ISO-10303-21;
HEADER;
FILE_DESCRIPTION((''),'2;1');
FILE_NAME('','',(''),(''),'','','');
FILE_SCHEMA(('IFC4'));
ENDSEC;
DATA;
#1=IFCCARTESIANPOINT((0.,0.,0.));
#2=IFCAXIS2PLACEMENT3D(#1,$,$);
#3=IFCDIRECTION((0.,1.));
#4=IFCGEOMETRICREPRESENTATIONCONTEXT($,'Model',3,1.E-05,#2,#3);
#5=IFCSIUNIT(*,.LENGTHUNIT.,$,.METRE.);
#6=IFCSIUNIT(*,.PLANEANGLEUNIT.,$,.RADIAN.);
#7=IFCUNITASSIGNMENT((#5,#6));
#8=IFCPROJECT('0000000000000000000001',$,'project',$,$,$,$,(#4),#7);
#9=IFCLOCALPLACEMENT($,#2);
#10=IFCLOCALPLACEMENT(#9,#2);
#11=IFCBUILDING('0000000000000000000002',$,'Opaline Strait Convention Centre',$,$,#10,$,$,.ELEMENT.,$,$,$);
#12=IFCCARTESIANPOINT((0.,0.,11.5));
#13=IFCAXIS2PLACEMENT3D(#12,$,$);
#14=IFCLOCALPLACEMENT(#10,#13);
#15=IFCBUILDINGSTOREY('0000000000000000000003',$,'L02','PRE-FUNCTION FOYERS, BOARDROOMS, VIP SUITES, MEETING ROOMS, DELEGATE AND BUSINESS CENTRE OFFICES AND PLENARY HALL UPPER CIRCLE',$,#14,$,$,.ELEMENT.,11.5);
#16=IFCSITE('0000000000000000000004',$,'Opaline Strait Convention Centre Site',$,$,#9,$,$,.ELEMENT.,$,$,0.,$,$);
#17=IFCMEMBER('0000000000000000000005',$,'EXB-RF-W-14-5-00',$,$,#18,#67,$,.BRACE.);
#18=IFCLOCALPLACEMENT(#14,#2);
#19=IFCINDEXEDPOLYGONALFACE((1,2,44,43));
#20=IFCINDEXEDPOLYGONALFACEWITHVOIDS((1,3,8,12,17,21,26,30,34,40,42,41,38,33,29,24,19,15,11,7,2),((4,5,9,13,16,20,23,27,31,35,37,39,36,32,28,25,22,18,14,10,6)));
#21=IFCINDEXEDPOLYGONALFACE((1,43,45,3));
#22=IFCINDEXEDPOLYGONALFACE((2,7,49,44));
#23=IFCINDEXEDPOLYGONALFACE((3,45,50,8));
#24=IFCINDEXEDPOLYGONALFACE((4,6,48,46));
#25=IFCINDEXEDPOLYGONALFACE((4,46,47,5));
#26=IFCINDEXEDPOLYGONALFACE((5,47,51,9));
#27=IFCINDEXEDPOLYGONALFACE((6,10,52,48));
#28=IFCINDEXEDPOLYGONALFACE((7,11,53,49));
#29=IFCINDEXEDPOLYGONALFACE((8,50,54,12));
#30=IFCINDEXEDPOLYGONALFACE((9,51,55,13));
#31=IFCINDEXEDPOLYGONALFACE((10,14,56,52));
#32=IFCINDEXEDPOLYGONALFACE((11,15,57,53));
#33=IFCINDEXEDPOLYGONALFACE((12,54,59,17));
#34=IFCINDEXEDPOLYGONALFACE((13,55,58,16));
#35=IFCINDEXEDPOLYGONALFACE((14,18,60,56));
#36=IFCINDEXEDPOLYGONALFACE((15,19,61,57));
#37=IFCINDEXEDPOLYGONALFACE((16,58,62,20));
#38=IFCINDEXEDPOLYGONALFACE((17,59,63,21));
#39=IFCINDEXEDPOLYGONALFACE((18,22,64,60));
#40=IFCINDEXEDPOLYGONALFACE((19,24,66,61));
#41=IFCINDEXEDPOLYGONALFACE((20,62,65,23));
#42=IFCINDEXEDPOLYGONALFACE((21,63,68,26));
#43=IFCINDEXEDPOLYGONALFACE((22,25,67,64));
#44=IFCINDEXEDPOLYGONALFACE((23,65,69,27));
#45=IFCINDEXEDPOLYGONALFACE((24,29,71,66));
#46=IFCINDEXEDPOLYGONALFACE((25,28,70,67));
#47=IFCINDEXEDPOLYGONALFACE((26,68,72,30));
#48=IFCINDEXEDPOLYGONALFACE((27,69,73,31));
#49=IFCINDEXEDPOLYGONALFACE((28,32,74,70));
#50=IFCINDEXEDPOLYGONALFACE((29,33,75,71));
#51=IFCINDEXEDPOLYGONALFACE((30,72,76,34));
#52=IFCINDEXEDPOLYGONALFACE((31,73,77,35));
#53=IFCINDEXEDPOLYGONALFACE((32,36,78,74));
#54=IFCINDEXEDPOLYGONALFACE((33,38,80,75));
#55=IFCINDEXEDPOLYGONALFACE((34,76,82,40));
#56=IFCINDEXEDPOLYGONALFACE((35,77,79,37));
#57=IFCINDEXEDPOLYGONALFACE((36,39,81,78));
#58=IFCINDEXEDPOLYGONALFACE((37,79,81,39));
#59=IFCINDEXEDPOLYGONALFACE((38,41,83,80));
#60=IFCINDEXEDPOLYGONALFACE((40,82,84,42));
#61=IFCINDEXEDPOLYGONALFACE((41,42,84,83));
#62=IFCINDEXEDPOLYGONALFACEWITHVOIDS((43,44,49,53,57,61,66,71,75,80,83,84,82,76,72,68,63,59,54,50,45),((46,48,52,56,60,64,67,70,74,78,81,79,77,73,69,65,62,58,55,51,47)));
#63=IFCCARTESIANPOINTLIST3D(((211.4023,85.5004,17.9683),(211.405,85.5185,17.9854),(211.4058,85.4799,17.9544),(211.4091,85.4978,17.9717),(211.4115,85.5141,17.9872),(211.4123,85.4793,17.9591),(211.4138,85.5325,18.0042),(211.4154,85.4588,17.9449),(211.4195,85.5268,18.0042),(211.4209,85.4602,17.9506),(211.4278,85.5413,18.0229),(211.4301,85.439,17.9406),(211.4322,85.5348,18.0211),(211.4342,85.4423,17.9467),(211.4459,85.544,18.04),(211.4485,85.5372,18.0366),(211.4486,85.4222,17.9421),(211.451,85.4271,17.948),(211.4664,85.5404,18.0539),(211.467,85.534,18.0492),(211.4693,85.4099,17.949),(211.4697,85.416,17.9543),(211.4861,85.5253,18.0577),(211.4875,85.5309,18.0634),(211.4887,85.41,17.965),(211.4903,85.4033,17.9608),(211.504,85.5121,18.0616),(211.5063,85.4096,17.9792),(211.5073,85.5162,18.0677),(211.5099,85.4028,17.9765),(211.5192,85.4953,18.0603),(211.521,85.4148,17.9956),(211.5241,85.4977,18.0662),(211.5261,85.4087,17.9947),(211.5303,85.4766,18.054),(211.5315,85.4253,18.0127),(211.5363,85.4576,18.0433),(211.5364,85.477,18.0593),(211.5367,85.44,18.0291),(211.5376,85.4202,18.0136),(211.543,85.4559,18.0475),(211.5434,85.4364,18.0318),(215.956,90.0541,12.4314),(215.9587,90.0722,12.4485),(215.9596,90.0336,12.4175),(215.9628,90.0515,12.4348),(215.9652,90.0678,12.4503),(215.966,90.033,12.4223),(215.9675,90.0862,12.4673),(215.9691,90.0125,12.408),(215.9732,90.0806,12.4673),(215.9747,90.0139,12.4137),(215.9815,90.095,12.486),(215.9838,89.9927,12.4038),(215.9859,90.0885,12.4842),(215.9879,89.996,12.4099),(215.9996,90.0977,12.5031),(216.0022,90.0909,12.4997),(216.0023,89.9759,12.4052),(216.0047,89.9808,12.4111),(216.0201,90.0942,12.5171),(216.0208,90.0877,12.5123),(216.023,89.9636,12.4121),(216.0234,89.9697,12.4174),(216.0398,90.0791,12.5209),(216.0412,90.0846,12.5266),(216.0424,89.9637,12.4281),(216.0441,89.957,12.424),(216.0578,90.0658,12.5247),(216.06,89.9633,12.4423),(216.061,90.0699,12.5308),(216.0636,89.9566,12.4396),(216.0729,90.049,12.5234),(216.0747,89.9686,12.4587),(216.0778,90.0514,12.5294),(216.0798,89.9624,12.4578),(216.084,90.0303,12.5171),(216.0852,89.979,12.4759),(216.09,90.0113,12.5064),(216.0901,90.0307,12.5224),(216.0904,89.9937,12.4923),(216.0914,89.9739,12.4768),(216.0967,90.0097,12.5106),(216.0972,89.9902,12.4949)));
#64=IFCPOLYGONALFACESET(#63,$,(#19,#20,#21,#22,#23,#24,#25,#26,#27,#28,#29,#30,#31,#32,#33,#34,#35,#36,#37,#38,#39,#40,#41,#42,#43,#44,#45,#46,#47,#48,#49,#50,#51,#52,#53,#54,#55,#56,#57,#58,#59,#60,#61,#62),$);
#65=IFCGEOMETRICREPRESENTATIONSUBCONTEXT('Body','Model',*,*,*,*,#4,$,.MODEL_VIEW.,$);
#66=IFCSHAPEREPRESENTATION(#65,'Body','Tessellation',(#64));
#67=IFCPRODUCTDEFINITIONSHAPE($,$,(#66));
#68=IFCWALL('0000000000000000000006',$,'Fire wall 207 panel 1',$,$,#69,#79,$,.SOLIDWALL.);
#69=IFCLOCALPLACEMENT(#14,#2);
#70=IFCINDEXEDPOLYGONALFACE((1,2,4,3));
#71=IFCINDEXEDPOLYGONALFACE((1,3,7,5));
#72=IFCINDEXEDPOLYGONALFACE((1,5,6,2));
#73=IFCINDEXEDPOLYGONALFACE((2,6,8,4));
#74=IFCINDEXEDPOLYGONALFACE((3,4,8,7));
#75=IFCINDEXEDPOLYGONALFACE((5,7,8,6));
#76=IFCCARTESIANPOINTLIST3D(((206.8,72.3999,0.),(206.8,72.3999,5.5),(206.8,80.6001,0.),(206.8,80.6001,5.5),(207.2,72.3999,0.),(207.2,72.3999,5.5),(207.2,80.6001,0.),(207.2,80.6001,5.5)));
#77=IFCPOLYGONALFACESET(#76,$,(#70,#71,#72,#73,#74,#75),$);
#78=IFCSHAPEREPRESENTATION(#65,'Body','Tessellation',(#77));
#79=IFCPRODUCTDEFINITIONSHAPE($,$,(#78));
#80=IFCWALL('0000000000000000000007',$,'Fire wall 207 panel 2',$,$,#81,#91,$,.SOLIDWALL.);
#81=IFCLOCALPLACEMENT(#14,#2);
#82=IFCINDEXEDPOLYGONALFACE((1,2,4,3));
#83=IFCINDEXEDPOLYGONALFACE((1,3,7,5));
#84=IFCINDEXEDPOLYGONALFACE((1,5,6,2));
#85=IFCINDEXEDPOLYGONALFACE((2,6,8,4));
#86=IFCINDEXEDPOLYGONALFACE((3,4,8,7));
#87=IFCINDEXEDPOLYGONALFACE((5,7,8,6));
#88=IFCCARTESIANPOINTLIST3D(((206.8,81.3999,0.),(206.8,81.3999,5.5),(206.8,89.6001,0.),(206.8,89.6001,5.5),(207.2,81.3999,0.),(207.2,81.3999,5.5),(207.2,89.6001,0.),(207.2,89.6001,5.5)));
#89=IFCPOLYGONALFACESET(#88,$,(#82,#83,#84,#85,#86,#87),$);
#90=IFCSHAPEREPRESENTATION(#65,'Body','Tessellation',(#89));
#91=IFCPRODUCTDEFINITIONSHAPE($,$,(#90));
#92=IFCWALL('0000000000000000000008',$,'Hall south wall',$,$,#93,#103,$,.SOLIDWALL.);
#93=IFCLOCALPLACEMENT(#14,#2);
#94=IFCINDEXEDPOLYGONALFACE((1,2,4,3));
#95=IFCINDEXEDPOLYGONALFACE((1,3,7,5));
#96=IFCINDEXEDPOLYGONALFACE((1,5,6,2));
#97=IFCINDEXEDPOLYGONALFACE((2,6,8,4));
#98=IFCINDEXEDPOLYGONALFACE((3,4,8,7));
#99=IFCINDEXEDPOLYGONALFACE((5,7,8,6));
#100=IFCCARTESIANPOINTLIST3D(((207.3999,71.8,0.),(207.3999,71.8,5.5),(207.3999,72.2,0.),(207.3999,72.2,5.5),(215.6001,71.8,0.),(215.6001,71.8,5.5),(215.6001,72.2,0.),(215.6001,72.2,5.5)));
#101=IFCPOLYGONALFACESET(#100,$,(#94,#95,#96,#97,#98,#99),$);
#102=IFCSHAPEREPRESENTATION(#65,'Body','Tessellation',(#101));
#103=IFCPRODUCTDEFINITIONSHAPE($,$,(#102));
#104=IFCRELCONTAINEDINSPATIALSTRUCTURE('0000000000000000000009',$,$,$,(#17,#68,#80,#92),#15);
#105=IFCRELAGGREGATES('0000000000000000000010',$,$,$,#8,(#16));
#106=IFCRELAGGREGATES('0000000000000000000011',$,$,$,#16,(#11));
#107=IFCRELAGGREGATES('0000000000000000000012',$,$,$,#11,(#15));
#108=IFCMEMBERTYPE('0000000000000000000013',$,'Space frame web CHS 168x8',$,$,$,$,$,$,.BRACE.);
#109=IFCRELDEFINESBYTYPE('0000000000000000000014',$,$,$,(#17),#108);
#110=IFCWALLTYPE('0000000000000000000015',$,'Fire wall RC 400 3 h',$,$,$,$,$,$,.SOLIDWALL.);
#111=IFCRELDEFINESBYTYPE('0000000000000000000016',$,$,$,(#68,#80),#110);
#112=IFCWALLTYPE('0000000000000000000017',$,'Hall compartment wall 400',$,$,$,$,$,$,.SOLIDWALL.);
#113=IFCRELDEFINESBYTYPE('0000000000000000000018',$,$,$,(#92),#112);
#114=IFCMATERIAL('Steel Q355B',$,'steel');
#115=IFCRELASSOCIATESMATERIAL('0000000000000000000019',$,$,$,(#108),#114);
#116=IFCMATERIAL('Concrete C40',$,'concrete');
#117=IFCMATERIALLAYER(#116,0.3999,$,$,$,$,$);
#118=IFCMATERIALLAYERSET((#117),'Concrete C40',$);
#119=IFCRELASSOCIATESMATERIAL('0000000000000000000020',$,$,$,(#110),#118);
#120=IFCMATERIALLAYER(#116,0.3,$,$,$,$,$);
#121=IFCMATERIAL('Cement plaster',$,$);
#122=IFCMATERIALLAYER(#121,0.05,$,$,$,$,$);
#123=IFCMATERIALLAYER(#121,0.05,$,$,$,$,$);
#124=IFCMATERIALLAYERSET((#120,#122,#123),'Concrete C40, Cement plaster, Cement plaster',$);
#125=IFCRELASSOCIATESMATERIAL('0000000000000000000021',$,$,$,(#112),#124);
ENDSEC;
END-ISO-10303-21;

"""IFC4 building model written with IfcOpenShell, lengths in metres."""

from ifc_helpers import new_model, si_unit, direction, frame, frame_2d, origin, origin_2d, place, context, subcontext, project, spatial, rectangle, hollow_circle, extrude, material, layer, layer_set, material_profile, profile_set, type_object, element, save


model = new_model("IFC4")

# Units and contexts
model_context = context("Model", 3, precision=1e-05, world=origin(), true_north=direction((0.0, 1.0)))
body_context = subcontext(model_context, "Body", "Model", "MODEL_VIEW")
ifc_project = project(units=[si_unit("LENGTHUNIT", "METRE"), si_unit("PLANEANGLEUNIT", "RADIAN")], contexts=[model_context])

# Site, building, storey
site_placement = place(None, origin())
site = spatial("IfcSite", under=ifc_project, at=site_placement, Name="Opaline Strait Convention Centre Site", CompositionType="ELEMENT", RefElevation=0.0)
building_placement = place(site_placement, origin())
building = spatial("IfcBuilding", under=site, at=building_placement, Name="Opaline Strait Convention Centre", CompositionType="ELEMENT")
storey_placement = place(building_placement, frame((0.0, 0.0, 11.5)))
storey = spatial("IfcBuildingStorey", under=building, at=storey_placement, Name="L02", Description="PRE-FUNCTION FOYERS, BOARDROOMS, VIP SUITES, MEETING ROOMS, DELEGATE AND BUSINESS CENTRE OFFICES AND PLENARY HALL UPPER CIRCLE", CompositionType="ELEMENT", Elevation=11.5)

# Shared definitions
ifc_material_1 = material(Name="Concrete C40", Category="concrete")

# Member
ifc_material_2 = material(Name="Steel Q355B", Category="steel")
ifc_material_profile_1 = material_profile(ifc_material_2, hollow_circle(Radius=0.084, WallThickness=0.0081, at=origin_2d()), Name="CHS 168x8")
ifc_profile_set_1 = profile_set([ifc_material_profile_1], Name="Steel Q355B")
member_type_1 = type_object("IfcMemberType", Name="Space frame web CHS 168x8", PredefinedType="BRACE", material=ifc_profile_set_1)
for number, where, z_axis, x_axis, name in (
    (1, (211.4731, 85.4731, 18.0042), (0.536178, 0.536178, -0.65194), (-0.707107, 0.707107, 0.0), "EXB-RF-W-14-5-00"),
):
    element("IfcMember", number, at=place(storey_placement, frame(where, z_axis=z_axis, x_axis=x_axis)), inside=storey, type_object=member_type_1, Name=name, PredefinedType="BRACE", context=body_context, shape_type="SweptSolid", body=[
        extrude(hollow_circle(Radius=0.084, WallThickness=0.0081, at=origin_2d()), origin(), (0.0, 0.0, 1.0), 8.4929),
    ])

# Walls
ifc_layer_1 = layer(ifc_material_1, 0.3999)
ifc_layer_set_1 = layer_set([ifc_layer_1], Name="Concrete C40")
wall_type_1 = type_object("IfcWallType", Name="Fire wall RC 400 3 h", PredefinedType="SOLIDWALL", material=ifc_layer_set_1)
for number, where, z_axis, x_axis, name in (
    (2, (207.0, 72.3999, 0.0), (0.0, 0.0, 1.0), (0.0, 1.0, 0.0), "Fire wall 207 panel 1"),
    (3, (207.0, 81.3999, 0.0), (0.0, 0.0, 1.0), (0.0, 1.0, 0.0), "Fire wall 207 panel 2"),
):
    element("IfcWall", number, at=place(storey_placement, frame(where, z_axis=z_axis, x_axis=x_axis)), inside=storey, type_object=wall_type_1, Name=name, PredefinedType="SOLIDWALL", context=body_context, shape_type="SweptSolid", body=[
        extrude(rectangle(XDim=8.2002, YDim=0.3999, at=frame_2d((4.1001, 0.0))), origin(), (0.0, 0.0, 1.0), 5.5),
    ])
ifc_layer_2 = layer(ifc_material_1, 0.3)
ifc_material_3 = material(Name="Cement plaster")
ifc_layer_3 = layer(ifc_material_3, 0.05)
ifc_layer_4 = layer(ifc_material_3, 0.05)
ifc_layer_set_2 = layer_set([ifc_layer_2, ifc_layer_3, ifc_layer_4], Name="Concrete C40, Cement plaster, Cement plaster")
wall_type_2 = type_object("IfcWallType", Name="Hall compartment wall 400", PredefinedType="SOLIDWALL", material=ifc_layer_set_2)
wall_placement = place(storey_placement, frame((207.3999, 72.0, 0.0), z_axis=(0.0, 0.0, 1.0), x_axis=(1.0, 0.0, 0.0)))
element("IfcWall", 4, at=wall_placement, inside=storey, type_object=wall_type_2, Name="Hall south wall", PredefinedType="SOLIDWALL", context=body_context, shape_type="SweptSolid", body=[
    extrude(rectangle(XDim=8.2002, YDim=0.3999, at=frame_2d((4.1001, 0.0))), origin(), (0.0, 0.0, 1.0), 5.5),
])

save(model, "model.ifc")
